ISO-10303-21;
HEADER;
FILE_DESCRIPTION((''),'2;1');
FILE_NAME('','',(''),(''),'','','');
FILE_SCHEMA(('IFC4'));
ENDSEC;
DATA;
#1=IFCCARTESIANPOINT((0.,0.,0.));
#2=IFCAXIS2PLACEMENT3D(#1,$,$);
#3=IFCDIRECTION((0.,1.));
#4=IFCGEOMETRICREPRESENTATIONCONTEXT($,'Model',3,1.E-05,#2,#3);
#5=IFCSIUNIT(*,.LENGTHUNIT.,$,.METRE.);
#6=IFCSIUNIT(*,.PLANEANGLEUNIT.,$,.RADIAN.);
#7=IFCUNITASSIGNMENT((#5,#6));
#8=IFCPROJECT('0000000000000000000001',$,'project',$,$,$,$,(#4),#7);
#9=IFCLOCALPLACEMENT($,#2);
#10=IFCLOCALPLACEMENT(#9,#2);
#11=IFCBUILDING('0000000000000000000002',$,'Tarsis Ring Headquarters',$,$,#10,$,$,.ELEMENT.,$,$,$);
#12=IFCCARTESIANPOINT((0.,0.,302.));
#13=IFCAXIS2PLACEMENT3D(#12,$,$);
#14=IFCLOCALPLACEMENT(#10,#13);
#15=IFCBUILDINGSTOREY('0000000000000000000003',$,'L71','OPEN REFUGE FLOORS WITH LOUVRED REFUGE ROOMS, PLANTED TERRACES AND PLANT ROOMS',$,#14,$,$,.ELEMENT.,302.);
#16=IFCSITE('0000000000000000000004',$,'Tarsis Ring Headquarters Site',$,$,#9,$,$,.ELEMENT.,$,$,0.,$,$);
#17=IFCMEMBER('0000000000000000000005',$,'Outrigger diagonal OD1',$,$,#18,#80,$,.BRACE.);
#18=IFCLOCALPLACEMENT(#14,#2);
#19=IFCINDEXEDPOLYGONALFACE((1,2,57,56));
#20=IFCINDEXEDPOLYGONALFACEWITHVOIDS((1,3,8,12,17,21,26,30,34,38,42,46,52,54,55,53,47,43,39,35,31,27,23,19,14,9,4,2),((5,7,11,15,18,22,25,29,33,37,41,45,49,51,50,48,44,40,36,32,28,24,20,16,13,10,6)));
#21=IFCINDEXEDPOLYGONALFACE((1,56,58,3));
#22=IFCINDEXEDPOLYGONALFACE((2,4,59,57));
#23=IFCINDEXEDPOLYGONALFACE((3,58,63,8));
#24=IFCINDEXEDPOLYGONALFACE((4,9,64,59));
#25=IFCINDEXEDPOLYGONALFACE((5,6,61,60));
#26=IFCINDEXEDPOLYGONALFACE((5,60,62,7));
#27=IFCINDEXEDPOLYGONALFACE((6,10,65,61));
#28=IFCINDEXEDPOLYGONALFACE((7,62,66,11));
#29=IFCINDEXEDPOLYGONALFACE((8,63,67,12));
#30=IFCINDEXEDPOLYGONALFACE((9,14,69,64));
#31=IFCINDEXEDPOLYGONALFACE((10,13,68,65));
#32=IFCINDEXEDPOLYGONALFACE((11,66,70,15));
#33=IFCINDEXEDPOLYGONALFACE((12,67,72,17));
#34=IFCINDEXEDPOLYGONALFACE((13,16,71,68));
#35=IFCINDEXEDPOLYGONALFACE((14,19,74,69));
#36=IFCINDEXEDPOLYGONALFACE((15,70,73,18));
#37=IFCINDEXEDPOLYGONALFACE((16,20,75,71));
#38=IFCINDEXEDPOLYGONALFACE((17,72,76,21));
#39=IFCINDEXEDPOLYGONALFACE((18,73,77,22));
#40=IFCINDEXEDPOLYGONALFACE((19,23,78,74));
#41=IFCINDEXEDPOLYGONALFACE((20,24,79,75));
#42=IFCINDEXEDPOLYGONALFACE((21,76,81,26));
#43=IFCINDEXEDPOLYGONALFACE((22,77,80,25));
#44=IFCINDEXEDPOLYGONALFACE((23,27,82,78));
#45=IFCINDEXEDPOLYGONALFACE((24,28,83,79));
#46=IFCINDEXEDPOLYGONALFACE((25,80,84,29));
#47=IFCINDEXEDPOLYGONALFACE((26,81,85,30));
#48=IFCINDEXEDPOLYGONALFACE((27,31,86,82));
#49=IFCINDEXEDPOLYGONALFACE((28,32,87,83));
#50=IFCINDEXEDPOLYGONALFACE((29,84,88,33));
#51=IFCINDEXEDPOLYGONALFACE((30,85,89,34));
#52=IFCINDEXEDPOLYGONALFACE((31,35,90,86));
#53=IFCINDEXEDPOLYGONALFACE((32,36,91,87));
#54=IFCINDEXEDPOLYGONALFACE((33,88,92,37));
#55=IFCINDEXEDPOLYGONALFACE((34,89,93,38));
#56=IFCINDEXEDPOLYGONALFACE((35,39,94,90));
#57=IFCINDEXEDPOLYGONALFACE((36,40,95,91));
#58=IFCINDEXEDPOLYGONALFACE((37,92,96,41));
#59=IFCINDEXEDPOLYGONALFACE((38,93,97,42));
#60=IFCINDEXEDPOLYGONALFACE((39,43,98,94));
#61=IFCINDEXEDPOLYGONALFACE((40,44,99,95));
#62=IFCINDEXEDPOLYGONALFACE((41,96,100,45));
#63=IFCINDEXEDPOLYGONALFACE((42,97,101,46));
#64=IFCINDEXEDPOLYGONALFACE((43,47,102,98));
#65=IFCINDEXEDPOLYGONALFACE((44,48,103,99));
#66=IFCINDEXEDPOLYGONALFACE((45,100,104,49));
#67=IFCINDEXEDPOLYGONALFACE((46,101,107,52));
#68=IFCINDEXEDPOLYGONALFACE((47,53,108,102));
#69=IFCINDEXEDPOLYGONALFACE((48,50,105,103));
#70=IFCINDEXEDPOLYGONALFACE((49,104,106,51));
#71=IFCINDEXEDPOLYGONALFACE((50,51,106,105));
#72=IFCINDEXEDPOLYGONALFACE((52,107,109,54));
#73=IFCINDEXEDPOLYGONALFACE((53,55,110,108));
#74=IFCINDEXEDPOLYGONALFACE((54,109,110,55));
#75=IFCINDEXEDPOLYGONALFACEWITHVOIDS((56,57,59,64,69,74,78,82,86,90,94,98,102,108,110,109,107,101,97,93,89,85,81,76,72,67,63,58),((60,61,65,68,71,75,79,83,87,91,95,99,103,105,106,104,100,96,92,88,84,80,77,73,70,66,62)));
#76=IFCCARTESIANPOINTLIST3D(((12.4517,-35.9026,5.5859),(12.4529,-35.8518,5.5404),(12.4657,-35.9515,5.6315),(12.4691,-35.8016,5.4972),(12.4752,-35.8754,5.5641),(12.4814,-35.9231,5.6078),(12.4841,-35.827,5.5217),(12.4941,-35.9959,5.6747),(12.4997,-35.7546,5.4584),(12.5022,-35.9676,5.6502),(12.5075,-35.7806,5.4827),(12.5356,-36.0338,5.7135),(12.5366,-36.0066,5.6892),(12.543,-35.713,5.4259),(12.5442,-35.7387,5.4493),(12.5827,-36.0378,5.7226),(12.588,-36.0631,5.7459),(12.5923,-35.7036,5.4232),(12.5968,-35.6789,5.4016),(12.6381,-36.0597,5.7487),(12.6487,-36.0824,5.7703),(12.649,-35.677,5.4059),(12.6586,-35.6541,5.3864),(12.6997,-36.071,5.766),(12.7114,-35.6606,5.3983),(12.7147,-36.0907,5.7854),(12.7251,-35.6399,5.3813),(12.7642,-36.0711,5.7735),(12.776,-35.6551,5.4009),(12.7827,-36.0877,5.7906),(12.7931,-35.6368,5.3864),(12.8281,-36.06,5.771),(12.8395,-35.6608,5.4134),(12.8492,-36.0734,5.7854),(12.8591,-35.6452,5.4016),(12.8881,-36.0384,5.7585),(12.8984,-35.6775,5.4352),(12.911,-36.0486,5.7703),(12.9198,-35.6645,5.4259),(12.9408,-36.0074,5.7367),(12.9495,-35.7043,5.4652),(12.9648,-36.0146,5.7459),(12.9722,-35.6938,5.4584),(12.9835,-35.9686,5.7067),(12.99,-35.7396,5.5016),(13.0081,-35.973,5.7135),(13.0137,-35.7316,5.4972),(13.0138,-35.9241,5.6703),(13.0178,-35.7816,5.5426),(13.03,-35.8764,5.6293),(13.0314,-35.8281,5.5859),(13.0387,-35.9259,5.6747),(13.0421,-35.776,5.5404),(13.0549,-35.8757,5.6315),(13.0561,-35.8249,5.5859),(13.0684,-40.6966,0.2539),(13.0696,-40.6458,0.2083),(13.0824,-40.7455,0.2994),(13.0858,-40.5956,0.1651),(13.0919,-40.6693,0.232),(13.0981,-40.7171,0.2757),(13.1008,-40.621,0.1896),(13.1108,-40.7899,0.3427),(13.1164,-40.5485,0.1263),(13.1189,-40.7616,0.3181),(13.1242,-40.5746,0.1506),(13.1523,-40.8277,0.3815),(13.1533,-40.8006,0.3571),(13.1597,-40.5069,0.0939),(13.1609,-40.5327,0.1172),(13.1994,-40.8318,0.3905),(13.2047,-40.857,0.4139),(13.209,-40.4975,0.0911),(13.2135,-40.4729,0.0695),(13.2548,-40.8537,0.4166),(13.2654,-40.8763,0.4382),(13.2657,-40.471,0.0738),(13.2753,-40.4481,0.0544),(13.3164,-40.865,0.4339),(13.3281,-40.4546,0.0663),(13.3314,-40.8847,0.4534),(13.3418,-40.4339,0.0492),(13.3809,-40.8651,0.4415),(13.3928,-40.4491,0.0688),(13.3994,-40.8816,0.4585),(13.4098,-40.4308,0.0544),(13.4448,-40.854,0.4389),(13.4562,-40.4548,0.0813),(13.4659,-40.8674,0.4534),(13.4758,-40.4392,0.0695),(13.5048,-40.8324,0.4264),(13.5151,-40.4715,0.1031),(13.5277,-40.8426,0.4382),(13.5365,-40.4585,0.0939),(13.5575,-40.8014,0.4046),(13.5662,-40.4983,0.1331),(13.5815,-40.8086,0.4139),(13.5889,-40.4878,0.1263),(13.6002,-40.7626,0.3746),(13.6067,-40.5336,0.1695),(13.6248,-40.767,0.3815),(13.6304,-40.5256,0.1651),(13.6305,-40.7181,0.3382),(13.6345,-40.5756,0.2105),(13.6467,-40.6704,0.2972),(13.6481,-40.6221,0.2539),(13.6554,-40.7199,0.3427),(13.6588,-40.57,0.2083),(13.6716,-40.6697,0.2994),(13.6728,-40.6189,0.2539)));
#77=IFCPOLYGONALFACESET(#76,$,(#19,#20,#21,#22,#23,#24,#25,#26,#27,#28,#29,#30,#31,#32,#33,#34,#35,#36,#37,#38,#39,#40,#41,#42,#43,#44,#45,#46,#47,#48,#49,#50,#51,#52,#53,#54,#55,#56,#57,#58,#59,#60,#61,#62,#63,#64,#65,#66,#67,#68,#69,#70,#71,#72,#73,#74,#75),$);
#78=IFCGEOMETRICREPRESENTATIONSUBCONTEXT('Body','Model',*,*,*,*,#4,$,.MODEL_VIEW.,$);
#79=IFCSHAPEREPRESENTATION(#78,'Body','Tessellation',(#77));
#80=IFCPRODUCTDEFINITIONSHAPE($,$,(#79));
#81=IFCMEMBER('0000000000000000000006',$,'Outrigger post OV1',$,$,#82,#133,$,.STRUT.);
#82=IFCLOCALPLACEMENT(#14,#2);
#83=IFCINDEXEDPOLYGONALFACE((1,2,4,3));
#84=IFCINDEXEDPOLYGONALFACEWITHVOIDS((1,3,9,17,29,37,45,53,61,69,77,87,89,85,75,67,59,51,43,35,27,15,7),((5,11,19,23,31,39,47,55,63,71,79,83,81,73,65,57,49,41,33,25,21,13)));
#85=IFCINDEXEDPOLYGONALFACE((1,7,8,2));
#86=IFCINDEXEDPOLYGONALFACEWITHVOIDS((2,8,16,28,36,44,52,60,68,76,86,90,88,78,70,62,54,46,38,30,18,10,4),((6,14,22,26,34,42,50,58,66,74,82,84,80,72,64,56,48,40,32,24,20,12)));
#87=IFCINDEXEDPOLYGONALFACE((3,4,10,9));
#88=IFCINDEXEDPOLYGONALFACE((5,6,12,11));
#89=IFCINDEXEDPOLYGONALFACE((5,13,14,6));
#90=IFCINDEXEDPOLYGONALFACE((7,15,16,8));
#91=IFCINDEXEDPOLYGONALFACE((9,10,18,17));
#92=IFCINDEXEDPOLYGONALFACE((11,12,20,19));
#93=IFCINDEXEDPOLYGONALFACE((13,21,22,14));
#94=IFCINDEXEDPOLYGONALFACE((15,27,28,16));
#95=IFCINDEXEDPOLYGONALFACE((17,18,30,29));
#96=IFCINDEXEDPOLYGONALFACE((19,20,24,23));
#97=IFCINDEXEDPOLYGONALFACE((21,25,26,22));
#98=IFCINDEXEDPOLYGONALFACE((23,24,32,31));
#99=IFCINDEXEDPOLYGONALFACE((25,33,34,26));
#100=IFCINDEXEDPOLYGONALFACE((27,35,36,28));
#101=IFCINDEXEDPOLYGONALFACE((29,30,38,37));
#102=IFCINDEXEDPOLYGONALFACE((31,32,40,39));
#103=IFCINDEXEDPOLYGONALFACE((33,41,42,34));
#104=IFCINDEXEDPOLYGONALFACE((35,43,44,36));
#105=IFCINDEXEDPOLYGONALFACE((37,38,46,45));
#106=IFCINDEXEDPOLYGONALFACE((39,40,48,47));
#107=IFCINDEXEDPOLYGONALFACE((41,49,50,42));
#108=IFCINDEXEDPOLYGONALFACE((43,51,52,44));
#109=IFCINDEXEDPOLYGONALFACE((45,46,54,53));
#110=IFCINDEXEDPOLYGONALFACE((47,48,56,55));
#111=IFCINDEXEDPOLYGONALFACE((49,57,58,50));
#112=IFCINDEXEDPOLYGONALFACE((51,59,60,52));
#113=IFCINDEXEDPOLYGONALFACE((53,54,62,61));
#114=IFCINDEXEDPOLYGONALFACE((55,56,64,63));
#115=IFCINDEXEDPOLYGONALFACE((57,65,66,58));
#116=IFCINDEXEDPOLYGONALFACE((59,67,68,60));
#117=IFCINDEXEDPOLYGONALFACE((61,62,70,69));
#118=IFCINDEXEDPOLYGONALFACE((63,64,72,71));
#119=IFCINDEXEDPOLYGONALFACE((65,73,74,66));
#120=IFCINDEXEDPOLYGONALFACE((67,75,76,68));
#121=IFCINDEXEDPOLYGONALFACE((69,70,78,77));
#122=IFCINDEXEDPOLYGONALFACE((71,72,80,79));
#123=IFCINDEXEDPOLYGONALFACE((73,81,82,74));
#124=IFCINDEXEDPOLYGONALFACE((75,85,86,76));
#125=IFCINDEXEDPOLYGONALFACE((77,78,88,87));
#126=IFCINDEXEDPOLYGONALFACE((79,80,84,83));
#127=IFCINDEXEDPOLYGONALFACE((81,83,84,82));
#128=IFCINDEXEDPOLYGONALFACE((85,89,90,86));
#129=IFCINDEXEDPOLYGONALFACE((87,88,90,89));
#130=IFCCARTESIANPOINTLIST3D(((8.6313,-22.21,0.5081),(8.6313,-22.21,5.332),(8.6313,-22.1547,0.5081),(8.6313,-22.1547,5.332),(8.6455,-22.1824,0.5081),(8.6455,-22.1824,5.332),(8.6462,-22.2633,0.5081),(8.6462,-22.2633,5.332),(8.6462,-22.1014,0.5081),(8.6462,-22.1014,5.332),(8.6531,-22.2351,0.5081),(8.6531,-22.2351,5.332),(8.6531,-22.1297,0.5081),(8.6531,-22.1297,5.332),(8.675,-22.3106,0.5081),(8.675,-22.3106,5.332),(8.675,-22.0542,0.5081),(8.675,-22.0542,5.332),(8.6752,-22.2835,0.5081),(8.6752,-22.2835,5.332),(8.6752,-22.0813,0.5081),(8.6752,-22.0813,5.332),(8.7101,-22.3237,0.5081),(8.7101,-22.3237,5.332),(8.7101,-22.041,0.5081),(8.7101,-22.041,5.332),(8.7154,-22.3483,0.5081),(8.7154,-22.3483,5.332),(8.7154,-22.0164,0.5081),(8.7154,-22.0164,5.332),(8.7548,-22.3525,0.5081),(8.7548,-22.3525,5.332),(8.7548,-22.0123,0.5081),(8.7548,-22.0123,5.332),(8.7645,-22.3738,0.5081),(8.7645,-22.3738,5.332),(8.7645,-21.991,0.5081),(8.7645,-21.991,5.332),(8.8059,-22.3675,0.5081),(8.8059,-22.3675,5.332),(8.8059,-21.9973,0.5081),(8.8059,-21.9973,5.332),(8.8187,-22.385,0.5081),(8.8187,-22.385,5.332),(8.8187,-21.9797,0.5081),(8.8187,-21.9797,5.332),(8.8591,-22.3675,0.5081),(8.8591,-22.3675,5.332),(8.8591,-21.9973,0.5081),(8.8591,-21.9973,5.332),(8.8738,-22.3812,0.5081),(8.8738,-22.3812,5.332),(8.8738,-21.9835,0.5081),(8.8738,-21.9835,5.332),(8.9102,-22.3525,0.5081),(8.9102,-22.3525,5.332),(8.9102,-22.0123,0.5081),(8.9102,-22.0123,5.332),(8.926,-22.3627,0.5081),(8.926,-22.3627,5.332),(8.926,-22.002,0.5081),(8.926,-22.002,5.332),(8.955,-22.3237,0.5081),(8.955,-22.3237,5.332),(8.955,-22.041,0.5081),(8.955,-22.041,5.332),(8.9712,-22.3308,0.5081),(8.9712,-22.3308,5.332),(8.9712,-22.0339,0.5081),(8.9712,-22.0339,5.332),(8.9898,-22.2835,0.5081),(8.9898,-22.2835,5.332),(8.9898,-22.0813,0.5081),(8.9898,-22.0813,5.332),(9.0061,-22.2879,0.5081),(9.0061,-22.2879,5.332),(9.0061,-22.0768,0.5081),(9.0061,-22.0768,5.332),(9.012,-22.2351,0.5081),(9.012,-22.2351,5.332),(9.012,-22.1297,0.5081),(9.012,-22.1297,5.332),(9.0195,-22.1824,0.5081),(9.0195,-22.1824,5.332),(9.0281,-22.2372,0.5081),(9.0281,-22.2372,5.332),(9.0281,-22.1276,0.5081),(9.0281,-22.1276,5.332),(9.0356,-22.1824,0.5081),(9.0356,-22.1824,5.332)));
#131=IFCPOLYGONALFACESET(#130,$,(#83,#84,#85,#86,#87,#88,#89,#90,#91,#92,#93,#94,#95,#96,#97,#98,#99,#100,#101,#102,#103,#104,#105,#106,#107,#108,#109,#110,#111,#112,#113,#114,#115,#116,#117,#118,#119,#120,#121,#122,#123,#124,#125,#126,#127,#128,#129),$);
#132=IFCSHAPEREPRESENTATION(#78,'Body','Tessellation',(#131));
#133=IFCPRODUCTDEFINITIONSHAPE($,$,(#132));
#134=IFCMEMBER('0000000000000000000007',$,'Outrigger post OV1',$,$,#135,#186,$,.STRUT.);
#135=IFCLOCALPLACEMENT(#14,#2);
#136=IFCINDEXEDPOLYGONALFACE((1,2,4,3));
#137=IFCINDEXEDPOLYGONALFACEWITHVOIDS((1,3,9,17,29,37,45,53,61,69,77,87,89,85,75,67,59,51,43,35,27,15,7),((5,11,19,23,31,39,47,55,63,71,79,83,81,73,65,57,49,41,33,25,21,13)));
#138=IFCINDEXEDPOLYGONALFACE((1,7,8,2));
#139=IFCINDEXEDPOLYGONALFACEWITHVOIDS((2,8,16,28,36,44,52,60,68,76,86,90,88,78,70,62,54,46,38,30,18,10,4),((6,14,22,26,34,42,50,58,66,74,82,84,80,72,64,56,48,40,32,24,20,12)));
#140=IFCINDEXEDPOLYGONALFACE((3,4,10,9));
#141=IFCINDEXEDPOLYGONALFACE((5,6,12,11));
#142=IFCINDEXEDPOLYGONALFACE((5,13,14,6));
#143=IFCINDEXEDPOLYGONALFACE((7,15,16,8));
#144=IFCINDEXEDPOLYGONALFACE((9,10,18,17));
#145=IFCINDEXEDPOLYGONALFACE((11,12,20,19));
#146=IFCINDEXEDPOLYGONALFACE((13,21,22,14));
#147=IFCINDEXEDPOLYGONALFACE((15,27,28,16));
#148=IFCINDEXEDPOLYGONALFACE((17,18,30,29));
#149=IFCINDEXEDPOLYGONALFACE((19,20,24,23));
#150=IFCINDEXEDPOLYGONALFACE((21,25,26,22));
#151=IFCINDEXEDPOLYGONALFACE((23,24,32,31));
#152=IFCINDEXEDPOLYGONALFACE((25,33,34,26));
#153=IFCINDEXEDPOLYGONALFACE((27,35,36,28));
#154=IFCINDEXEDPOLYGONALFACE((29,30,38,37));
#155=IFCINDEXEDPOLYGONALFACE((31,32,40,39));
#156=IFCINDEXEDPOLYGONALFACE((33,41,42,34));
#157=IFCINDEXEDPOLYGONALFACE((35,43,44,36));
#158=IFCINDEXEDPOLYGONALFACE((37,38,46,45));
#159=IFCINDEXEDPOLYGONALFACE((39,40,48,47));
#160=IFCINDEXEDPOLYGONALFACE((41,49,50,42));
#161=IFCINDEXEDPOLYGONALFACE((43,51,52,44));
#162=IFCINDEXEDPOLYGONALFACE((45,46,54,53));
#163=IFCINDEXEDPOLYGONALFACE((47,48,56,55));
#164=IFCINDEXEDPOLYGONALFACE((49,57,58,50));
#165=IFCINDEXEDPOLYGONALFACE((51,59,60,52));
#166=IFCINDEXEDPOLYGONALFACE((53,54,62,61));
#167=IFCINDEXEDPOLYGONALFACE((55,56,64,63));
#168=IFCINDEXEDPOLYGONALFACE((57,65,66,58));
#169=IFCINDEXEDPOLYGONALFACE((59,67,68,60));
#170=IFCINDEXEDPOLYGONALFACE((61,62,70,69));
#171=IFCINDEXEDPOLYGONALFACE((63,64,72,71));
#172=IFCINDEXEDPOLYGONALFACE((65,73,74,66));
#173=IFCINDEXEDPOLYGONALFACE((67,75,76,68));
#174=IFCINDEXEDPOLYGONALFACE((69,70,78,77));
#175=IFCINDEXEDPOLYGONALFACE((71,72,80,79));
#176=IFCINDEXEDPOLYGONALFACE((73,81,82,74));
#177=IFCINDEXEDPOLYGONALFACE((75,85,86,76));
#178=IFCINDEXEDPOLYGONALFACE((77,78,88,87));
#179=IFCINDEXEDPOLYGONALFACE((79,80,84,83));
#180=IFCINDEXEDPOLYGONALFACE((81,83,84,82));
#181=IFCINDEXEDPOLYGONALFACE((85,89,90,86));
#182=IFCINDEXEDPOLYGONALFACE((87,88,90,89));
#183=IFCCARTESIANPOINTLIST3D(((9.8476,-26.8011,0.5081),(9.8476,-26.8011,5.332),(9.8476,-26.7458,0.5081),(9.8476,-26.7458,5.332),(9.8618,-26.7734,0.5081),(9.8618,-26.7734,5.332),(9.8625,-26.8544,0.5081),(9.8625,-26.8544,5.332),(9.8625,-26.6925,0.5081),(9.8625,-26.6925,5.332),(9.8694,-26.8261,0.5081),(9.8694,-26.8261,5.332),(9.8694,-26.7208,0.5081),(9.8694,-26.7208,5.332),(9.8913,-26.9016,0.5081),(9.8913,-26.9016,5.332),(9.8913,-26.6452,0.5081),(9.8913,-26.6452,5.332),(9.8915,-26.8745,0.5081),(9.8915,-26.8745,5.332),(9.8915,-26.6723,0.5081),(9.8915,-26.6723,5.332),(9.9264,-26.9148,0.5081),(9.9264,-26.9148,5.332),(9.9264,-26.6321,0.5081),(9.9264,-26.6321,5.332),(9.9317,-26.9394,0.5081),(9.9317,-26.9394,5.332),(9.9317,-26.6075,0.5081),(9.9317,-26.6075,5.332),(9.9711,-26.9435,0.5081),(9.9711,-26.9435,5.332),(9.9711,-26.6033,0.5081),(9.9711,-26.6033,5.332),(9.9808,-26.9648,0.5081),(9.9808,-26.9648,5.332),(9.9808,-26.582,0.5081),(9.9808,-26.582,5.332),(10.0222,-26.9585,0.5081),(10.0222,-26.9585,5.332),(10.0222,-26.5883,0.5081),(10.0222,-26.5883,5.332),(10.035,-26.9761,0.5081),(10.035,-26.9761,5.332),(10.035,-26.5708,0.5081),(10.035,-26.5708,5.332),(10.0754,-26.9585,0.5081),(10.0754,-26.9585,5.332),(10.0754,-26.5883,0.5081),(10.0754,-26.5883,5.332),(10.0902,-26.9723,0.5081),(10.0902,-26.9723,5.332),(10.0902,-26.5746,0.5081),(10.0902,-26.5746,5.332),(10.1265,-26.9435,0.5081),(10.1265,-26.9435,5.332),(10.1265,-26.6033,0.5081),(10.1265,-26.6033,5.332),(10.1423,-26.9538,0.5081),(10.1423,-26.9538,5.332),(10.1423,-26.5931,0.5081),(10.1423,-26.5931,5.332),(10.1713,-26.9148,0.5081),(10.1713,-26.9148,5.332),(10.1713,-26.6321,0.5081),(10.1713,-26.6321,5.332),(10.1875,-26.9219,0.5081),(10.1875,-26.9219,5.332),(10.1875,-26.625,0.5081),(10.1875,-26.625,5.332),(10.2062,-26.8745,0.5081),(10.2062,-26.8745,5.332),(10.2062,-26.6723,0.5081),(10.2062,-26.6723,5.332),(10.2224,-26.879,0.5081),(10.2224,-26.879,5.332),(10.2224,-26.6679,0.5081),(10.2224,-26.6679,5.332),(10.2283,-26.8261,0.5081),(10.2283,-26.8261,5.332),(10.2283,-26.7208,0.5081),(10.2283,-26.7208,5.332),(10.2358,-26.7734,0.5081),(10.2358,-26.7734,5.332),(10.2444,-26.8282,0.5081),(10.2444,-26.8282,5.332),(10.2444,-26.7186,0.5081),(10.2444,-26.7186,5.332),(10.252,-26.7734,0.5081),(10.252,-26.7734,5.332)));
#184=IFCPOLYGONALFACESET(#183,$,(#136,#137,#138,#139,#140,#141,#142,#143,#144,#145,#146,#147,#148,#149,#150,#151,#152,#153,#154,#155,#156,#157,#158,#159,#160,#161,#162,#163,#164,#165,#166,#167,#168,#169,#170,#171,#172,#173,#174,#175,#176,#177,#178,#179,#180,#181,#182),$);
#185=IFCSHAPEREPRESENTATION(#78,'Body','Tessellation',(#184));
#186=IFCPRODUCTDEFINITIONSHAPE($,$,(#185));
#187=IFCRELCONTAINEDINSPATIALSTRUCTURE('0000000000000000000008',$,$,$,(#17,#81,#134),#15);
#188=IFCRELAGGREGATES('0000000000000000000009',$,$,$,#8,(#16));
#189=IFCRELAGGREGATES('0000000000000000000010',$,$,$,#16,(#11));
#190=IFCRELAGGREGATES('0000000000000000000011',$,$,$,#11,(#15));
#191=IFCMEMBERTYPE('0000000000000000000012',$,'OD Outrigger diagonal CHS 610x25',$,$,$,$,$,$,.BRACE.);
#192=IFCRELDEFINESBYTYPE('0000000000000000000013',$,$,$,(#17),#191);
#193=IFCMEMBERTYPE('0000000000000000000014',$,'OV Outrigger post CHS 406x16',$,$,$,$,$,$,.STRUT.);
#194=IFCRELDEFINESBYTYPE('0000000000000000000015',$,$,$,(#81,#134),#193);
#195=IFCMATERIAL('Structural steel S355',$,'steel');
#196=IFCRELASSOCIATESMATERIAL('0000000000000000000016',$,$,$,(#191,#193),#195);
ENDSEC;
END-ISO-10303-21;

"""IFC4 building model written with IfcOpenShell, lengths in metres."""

from ifc_helpers import new_model, si_unit, direction, frame, origin, origin_2d, place, context, subcontext, project, spatial, hollow_circle, extrude, material, material_profile, profile_set, type_object, element, save


model = new_model("IFC4")

# Units and contexts
model_context = context("Model", 3, precision=1e-05, world=origin(), true_north=direction((0.0, 1.0)))
body_context = subcontext(model_context, "Body", "Model", "MODEL_VIEW")
ifc_project = project(units=[si_unit("LENGTHUNIT", "METRE"), si_unit("PLANEANGLEUNIT", "RADIAN")], contexts=[model_context])

# Site, building, storey
site_placement = place(None, origin())
site = spatial("IfcSite", under=ifc_project, at=site_placement, Name="Tarsis Ring Headquarters Site", CompositionType="ELEMENT", RefElevation=0.0)
building_placement = place(site_placement, origin())
building = spatial("IfcBuilding", under=site, at=building_placement, Name="Tarsis Ring Headquarters", CompositionType="ELEMENT")
storey_placement = place(building_placement, frame((0.0, 0.0, 302.0)))
storey = spatial("IfcBuildingStorey", under=building, at=storey_placement, Name="L71", Description="OPEN REFUGE FLOORS WITH LOUVRED REFUGE ROOMS, PLANTED TERRACES AND PLANT ROOMS", CompositionType="ELEMENT", Elevation=302.0)

# Members
ifc_material_1 = material(Name="Structural steel S355", Category="steel")
ifc_material_profile_1 = material_profile(ifc_material_1, hollow_circle(Radius=0.3047, WallThickness=0.0249, at=origin_2d()), Name="CHS 610x25")
ifc_profile_set_1 = profile_set([ifc_material_profile_1], Name="Structural steel S355")
member_type_1 = type_object("IfcMemberType", Name="OD Outrigger diagonal CHS 610x25", PredefinedType="BRACE", material=ifc_profile_set_1)
member_1_placement = place(storey_placement, frame((12.7539, -35.8638, 5.5859), z_axis=(0.085692, -0.666129, -0.740897), x_axis=(0.991827, 0.12759, 0.0)))
element("IfcMember", 1, at=member_1_placement, inside=storey, type_object=member_type_1, Name="Outrigger diagonal OD1", PredefinedType="BRACE", context=body_context, shape_type="SweptSolid", body=[
    extrude(hollow_circle(Radius=0.3047, WallThickness=0.0249, at=origin_2d()), origin(), (0.0, 0.0, 1.0), 7.1968),
])
ifc_material_profile_2 = material_profile(ifc_material_1, hollow_circle(Radius=0.2031, WallThickness=0.0161, at=origin_2d()), Name="CHS 406x16")
ifc_profile_set_2 = profile_set([ifc_material_profile_2], Name="Structural steel S355")
member_type_2 = type_object("IfcMemberType", Name="OV Outrigger post CHS 406x16", PredefinedType="STRUT", material=ifc_profile_set_2)
for number, where, z_axis, x_axis, name in (
    (2, (8.8325, -22.1824, 0.5081), (0.0, 0.0, 1.0), (1.0, 0.0, 0.0), "Outrigger post OV1"),
    (3, (10.0488, -26.7734, 0.5081), (0.0, 0.0, 1.0), (1.0, 0.0, 0.0), "Outrigger post OV1"),
):
    element("IfcMember", number, at=place(storey_placement, frame(where, z_axis=z_axis, x_axis=x_axis)), inside=storey, type_object=member_type_2, Name=name, PredefinedType="STRUT", context=body_context, shape_type="SweptSolid", body=[
        extrude(hollow_circle(Radius=0.2031, WallThickness=0.0161, at=origin_2d()), origin(), (0.0, 0.0, 1.0), 4.824),
    ])

save(model, "model.ifc")
